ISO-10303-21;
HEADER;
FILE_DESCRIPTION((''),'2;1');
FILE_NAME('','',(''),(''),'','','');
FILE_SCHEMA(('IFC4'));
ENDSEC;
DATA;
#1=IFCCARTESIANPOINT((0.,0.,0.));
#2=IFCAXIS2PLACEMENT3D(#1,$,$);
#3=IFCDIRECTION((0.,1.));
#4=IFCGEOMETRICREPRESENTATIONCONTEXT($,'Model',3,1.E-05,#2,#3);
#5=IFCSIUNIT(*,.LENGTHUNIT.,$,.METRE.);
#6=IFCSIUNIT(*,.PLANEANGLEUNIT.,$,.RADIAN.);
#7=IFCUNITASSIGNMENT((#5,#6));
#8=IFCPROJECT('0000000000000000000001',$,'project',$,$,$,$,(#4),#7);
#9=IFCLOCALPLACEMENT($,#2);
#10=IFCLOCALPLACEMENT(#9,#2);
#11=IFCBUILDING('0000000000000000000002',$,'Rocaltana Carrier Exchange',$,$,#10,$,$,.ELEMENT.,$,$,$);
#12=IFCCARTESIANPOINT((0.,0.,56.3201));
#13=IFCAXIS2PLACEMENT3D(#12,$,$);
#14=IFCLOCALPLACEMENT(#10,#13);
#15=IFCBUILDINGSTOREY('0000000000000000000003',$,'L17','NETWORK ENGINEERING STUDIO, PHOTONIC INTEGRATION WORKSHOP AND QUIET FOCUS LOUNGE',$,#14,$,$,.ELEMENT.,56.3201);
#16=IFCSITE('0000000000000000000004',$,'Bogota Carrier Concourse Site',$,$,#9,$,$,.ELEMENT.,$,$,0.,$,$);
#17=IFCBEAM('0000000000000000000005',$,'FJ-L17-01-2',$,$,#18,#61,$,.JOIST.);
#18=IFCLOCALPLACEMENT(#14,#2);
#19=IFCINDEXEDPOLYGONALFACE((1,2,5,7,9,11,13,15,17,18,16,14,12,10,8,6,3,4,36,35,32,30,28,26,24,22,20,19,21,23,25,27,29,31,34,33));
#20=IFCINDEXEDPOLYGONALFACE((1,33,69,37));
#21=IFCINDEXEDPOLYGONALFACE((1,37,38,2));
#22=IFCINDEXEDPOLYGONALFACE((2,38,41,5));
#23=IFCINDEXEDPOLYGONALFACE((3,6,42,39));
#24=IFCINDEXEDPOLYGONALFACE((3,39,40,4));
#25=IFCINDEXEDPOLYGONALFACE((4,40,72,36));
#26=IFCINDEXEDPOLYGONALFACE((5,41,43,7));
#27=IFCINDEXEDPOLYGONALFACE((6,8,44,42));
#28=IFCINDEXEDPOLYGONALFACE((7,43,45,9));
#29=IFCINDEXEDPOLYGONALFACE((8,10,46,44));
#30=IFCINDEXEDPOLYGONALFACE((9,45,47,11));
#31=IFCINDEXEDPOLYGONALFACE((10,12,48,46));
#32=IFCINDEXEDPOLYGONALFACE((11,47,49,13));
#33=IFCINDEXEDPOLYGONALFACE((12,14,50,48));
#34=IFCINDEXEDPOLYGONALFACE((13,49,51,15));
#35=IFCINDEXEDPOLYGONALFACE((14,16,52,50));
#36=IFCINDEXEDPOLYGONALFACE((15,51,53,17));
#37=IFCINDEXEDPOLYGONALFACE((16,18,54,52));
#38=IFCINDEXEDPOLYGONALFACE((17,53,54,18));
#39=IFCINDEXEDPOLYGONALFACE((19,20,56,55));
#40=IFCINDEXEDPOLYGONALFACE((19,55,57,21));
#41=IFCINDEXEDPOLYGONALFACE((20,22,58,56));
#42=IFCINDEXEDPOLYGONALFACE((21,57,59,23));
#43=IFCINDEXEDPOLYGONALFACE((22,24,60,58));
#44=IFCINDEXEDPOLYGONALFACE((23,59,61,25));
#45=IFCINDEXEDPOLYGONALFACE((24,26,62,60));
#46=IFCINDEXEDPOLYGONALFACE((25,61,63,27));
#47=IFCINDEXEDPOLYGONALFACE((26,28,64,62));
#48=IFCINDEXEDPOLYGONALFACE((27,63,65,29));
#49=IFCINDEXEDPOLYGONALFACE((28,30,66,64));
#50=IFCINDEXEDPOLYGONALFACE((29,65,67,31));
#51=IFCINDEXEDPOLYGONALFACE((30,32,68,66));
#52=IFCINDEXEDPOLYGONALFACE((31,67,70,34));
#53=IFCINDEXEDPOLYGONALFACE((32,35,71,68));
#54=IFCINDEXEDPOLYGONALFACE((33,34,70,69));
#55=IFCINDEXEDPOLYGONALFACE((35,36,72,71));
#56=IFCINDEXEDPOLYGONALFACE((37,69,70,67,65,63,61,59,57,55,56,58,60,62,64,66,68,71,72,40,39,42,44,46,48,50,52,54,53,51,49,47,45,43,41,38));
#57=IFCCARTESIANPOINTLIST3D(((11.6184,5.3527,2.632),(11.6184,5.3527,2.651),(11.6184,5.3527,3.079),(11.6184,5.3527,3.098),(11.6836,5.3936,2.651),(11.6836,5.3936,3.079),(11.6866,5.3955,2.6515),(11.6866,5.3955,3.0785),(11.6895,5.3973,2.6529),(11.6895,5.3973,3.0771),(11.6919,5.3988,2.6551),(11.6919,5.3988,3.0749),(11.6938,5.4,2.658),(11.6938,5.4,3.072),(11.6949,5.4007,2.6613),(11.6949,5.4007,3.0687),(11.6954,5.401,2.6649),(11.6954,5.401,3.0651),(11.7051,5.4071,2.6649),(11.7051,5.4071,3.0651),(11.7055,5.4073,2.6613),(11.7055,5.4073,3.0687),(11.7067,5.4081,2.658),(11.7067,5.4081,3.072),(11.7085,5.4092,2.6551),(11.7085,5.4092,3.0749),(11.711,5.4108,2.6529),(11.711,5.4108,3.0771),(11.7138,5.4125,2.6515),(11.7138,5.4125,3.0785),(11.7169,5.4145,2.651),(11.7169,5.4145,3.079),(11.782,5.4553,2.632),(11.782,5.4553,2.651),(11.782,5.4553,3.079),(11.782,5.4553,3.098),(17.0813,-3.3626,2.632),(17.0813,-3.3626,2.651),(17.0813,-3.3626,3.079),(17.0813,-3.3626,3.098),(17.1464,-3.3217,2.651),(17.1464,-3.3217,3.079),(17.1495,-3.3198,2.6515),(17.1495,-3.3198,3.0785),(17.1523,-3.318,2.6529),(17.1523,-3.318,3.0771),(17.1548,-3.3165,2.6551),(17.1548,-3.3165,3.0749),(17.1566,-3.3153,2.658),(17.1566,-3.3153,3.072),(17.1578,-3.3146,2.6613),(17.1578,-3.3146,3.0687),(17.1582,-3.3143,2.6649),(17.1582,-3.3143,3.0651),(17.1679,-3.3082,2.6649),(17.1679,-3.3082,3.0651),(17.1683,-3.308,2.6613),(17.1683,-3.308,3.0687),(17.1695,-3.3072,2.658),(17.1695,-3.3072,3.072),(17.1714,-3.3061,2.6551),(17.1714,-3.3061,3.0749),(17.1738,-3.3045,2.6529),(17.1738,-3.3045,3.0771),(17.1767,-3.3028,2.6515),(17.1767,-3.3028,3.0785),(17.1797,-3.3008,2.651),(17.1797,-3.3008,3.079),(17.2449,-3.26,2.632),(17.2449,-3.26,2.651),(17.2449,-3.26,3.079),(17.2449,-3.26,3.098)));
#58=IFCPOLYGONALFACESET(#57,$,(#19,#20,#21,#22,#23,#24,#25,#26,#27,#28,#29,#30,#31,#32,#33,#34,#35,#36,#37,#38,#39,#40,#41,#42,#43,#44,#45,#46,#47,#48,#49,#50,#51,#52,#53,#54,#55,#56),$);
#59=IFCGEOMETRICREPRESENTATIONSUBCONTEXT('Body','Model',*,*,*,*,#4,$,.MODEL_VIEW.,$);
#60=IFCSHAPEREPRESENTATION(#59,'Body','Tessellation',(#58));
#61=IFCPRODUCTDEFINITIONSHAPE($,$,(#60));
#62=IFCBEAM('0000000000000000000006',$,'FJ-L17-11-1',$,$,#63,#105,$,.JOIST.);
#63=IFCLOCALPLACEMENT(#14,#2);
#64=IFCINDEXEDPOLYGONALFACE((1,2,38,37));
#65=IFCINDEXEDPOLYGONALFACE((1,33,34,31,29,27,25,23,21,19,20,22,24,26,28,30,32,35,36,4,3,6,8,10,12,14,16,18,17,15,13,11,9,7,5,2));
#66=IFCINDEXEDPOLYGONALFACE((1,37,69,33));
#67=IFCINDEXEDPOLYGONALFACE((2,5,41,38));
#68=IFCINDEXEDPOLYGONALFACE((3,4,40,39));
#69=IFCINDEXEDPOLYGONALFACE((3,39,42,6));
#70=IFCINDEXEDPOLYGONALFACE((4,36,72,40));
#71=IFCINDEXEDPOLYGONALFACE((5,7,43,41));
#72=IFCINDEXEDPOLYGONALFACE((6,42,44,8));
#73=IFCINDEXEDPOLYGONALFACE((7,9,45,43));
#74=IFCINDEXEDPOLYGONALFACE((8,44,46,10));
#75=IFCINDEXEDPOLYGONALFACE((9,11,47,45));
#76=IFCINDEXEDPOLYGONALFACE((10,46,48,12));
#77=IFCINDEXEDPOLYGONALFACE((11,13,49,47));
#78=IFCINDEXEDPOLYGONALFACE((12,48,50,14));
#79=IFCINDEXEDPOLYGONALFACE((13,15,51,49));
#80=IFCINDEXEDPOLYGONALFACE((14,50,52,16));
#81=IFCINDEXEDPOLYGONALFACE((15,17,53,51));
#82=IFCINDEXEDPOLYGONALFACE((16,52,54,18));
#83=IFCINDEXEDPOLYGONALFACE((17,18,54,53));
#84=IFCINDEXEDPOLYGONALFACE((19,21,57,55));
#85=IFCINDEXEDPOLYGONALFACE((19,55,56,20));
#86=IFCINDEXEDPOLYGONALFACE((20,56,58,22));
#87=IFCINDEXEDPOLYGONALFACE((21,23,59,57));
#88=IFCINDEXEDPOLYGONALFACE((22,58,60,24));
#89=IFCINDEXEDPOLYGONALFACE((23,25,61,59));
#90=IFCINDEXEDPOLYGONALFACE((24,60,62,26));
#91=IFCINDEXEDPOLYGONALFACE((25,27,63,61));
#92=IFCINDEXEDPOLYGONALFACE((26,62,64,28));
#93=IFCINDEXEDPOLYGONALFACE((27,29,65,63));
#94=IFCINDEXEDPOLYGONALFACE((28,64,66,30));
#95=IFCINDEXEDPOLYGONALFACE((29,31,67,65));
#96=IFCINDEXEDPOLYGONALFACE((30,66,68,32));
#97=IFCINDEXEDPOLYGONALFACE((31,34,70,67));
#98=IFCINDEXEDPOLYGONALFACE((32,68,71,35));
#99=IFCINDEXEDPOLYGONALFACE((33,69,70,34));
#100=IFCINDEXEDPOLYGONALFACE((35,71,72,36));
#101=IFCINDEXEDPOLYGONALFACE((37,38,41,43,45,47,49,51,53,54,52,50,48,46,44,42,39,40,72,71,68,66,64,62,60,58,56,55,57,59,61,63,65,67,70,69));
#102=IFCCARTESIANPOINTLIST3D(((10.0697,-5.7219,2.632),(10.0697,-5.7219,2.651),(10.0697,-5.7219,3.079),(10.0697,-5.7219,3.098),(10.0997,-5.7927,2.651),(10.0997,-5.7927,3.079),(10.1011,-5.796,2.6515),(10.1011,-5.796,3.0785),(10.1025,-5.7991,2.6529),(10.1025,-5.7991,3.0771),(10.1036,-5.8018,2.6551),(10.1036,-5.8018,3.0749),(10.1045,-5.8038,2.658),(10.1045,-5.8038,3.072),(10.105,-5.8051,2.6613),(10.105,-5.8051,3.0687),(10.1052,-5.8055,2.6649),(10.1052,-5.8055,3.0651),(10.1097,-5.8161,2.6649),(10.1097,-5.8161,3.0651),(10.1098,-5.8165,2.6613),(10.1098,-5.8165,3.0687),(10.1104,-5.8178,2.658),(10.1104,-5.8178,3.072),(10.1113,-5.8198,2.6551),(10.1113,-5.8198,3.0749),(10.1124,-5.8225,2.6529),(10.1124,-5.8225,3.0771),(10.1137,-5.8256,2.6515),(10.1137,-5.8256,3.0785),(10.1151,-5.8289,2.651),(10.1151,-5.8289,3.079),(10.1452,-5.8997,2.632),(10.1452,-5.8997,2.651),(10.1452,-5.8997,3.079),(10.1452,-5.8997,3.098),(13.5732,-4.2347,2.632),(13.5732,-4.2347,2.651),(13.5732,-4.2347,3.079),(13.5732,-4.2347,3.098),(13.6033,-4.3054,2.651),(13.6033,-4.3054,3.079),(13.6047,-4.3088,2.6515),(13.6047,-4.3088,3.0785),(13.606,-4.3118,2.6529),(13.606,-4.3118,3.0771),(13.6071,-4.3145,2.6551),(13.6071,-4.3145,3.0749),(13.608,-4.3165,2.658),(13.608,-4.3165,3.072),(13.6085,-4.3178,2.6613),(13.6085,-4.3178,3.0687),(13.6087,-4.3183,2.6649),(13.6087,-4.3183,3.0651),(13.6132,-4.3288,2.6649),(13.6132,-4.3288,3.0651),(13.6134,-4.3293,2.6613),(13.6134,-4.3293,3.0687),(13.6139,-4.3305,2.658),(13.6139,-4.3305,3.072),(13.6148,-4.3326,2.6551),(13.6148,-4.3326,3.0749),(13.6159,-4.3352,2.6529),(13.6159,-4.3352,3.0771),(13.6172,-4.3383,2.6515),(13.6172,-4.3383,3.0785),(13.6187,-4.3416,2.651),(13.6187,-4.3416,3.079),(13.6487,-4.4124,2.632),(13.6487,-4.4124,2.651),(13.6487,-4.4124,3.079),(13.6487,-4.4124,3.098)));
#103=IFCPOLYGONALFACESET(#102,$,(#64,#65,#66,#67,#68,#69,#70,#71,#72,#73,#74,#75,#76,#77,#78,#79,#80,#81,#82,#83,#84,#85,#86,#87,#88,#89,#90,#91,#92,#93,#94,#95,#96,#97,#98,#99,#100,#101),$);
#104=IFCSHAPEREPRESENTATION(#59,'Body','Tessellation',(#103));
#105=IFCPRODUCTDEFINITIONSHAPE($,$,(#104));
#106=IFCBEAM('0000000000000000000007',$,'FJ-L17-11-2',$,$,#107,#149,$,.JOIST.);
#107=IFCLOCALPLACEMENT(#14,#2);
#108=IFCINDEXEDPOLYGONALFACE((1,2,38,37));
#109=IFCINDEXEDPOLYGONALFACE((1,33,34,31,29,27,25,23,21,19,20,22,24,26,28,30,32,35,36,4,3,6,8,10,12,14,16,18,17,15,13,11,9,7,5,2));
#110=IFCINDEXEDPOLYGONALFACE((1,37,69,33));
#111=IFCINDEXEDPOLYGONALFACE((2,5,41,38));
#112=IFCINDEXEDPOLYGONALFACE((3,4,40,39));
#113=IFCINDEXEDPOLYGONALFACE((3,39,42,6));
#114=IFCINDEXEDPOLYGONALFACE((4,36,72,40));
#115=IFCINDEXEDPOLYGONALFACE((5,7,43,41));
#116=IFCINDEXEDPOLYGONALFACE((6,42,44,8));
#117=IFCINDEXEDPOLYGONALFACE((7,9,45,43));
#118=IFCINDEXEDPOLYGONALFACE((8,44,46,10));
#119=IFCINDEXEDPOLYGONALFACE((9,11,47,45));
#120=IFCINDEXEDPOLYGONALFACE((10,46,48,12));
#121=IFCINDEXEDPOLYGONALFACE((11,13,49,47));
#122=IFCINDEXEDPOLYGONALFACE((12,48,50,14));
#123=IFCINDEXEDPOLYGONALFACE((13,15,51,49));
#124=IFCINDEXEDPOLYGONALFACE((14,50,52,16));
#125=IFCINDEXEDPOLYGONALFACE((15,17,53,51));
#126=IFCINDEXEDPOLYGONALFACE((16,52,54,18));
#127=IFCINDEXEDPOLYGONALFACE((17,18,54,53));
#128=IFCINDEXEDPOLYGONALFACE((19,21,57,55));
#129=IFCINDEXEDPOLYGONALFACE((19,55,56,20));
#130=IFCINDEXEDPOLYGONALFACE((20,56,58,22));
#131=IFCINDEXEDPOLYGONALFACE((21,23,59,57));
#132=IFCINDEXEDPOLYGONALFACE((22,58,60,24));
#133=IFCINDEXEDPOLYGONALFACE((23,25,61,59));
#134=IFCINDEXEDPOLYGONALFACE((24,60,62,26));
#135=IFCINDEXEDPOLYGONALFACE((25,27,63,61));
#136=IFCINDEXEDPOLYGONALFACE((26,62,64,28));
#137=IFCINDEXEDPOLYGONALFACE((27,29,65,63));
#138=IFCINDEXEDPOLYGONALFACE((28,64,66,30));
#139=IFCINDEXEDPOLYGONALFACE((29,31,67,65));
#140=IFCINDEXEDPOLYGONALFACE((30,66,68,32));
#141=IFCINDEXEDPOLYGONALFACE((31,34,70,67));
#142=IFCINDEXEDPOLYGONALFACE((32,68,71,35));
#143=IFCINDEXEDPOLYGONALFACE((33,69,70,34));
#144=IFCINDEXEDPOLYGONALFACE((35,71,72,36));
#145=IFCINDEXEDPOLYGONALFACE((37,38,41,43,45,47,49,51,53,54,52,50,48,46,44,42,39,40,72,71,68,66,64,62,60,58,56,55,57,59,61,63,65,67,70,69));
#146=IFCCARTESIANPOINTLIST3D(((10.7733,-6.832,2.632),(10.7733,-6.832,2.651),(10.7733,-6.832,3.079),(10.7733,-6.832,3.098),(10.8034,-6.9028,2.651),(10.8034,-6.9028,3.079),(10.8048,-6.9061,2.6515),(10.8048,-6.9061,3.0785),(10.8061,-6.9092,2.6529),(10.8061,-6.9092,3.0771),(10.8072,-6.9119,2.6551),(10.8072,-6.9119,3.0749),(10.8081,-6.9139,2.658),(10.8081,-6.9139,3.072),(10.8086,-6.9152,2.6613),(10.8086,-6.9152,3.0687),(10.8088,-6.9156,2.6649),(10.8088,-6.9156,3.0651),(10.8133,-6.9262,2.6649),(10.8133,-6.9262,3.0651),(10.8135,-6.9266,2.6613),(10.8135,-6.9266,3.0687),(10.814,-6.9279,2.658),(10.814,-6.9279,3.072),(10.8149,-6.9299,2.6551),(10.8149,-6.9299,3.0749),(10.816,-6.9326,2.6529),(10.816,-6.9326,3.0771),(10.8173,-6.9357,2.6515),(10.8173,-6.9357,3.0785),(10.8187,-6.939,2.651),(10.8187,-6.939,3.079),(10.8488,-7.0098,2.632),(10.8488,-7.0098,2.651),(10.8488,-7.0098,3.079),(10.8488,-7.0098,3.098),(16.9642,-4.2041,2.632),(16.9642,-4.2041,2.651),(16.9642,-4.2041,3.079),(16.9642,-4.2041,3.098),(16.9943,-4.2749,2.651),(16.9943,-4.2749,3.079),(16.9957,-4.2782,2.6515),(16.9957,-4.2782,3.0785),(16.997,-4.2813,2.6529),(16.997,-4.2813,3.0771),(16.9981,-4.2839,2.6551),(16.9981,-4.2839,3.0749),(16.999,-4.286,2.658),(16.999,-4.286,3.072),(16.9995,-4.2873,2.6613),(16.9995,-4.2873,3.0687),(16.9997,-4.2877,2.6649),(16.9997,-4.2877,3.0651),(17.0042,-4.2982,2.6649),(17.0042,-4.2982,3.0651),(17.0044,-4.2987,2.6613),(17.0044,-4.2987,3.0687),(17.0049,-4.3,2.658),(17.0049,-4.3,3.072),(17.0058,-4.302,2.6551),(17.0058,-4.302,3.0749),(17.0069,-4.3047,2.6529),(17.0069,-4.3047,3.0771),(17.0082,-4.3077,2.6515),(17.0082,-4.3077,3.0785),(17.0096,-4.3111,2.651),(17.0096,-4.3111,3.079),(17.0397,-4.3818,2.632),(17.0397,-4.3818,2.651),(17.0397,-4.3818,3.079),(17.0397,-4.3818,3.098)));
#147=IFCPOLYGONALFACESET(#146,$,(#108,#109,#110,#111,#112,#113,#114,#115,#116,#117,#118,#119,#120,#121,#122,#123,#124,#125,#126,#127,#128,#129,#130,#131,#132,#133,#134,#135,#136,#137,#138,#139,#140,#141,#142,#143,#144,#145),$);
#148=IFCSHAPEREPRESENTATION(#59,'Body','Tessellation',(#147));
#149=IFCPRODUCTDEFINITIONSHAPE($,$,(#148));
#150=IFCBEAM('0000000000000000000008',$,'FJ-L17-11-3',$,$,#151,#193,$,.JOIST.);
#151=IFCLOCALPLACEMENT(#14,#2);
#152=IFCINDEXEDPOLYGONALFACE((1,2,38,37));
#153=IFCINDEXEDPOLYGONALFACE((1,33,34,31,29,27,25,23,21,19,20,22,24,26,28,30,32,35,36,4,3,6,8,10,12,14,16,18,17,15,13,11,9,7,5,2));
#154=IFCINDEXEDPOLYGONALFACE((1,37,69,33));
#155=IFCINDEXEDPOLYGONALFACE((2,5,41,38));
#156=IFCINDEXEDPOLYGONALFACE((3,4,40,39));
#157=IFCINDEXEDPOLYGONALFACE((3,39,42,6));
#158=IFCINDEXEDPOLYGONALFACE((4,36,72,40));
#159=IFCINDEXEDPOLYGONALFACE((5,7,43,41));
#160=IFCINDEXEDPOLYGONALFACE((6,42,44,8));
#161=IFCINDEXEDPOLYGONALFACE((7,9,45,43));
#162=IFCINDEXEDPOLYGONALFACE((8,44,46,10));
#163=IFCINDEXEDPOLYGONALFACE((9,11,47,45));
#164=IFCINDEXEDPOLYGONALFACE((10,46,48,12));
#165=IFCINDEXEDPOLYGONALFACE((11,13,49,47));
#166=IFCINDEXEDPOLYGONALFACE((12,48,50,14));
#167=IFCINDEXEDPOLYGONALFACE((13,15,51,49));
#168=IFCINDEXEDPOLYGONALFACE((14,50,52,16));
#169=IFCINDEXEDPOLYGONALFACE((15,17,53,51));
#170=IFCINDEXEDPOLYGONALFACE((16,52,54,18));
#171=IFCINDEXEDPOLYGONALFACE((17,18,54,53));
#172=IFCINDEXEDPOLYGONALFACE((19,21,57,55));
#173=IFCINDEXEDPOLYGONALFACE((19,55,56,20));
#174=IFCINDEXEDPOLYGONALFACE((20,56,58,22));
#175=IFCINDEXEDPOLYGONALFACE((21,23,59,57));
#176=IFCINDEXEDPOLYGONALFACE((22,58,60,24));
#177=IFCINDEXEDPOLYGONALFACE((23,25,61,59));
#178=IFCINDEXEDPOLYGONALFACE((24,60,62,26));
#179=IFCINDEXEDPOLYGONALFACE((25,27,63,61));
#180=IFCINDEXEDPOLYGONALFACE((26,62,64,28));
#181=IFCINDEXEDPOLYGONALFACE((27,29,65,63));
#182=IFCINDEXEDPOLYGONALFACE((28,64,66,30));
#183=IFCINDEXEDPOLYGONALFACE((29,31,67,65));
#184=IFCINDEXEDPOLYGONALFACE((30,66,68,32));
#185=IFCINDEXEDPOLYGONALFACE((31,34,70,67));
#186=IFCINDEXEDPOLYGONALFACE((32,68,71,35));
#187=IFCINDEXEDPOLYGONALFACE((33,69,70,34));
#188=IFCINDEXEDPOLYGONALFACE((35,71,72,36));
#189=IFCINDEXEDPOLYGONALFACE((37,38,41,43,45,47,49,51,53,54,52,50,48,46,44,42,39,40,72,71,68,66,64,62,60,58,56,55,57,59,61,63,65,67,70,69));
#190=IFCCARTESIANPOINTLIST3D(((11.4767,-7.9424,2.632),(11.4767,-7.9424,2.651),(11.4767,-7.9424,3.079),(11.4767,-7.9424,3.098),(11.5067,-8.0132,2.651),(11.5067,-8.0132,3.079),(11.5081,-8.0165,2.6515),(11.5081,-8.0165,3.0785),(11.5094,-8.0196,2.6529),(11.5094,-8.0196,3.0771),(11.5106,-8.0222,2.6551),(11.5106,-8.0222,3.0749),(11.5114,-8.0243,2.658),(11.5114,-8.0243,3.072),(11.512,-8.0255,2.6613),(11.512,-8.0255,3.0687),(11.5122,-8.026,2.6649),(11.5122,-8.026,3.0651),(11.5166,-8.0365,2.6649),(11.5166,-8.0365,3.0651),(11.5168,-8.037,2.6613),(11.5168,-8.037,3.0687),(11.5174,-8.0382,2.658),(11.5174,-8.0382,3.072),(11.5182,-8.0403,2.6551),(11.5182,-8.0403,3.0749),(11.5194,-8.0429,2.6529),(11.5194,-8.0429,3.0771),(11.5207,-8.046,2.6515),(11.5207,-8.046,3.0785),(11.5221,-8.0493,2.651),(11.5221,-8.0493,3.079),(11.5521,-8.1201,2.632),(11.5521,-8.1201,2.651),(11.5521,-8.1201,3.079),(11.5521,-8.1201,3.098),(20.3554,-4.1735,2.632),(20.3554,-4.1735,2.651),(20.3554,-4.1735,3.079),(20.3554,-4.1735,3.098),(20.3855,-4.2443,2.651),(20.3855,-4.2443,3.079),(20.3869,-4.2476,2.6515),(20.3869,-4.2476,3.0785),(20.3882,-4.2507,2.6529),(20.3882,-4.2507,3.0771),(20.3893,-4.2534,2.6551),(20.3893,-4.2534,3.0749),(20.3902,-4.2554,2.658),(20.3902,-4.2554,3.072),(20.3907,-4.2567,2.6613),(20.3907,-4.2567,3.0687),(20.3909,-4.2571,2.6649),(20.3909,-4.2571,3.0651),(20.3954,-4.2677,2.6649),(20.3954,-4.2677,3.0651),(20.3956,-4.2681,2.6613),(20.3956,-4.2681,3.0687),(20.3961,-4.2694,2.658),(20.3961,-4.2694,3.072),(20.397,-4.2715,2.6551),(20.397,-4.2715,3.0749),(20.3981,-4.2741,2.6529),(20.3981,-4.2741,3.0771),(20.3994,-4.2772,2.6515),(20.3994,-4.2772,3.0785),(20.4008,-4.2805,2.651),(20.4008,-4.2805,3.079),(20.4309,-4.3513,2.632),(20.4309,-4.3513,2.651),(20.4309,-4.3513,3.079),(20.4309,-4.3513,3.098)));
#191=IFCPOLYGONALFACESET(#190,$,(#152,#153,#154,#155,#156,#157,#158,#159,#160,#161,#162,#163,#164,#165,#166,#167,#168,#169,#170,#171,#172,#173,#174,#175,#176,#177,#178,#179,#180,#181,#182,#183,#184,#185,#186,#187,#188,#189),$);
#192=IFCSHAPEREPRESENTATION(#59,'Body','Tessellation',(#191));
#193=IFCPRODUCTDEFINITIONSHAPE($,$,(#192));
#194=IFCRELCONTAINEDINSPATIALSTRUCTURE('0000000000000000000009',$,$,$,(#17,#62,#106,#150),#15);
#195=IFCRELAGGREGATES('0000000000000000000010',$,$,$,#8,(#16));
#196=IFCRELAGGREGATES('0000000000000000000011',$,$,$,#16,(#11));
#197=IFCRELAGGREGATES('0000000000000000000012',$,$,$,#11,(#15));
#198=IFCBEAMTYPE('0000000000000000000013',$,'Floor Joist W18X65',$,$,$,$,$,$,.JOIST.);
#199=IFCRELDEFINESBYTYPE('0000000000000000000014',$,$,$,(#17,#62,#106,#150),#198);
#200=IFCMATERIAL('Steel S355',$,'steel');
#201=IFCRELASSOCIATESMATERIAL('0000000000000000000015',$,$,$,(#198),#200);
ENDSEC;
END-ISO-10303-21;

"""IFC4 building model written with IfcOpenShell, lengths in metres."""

from ifc_helpers import new_model, si_unit, direction, frame, origin, origin_2d, place, context, subcontext, project, spatial, i_section, extrude, material, material_profile, profile_set, type_object, element, save


model = new_model("IFC4")

# Units and contexts
model_context = context("Model", 3, precision=1e-05, world=origin(), true_north=direction((0.0, 1.0)))
body_context = subcontext(model_context, "Body", "Model", "MODEL_VIEW")
ifc_project = project(units=[si_unit("LENGTHUNIT", "METRE"), si_unit("PLANEANGLEUNIT", "RADIAN")], contexts=[model_context])

# Site, building, storey
site_placement = place(None, origin())
site = spatial("IfcSite", under=ifc_project, at=site_placement, Name="Bogota Carrier Concourse Site", CompositionType="ELEMENT", RefElevation=0.0)
building_placement = place(site_placement, origin())
building = spatial("IfcBuilding", under=site, at=building_placement, Name="Rocaltana Carrier Exchange", CompositionType="ELEMENT")
storey_placement = place(building_placement, frame((0.0, 0.0, 56.3201)))
storey = spatial("IfcBuildingStorey", under=building, at=storey_placement, Name="L17", Description="NETWORK ENGINEERING STUDIO, PHOTONIC INTEGRATION WORKSHOP AND QUIET FOCUS LOUNGE", CompositionType="ELEMENT", Elevation=56.3201)

# Beams
ifc_material_1 = material(Name="Steel S355", Category="steel")
ifc_material_profile_1 = material_profile(ifc_material_1, i_section(OverallWidth=0.1931, OverallDepth=0.4661, WebThickness=0.0115, FlangeThickness=0.019, FilletRadius=0.0139, at=origin_2d()), Name="W18X65")
ifc_profile_set_1 = profile_set([ifc_material_profile_1], Name="Steel S355")
beam_type_1 = type_object("IfcBeamType", Name="Floor Joist W18X65", PredefinedType="JOIST", material=ifc_profile_set_1)
beam_1_placement = place(storey_placement, frame((17.1631, -3.3113, 2.865), z_axis=(-0.531104, 0.847307, 0.0), x_axis=(-0.847307, -0.531104, 0.0)))
element("IfcBeam", 1, at=beam_1_placement, inside=storey, type_object=beam_type_1, Name="FJ-L17-01-2", PredefinedType="JOIST", context=body_context, shape_type="SweptSolid", body=[
    extrude(i_section(OverallWidth=0.1931, OverallDepth=0.4661, WebThickness=0.0115, FlangeThickness=0.019, FilletRadius=0.0139, at=origin_2d()), origin(), (0.0, 0.0, 1.0), 10.2859),
])
beam_2_placement = place(storey_placement, frame((10.1074, -5.8108, 2.865), z_axis=(0.920497, 0.390751, 0.0), x_axis=(-0.390751, 0.920497, 0.0)))
element("IfcBeam", 2, at=beam_2_placement, inside=storey, type_object=beam_type_1, Name="FJ-L17-11-1", PredefinedType="JOIST", context=body_context, shape_type="SweptSolid", body=[
    extrude(i_section(OverallWidth=0.1931, OverallDepth=0.4661, WebThickness=0.0115, FlangeThickness=0.019, FilletRadius=0.0139, at=origin_2d()), origin(), (0.0, 0.0, 1.0), 3.8062),
])
beam_3_placement = place(storey_placement, frame((10.811, -6.9209, 2.865), z_axis=(0.920503, 0.390736, 0.0), x_axis=(-0.390736, 0.920503, 0.0)))
element("IfcBeam", 3, at=beam_3_placement, inside=storey, type_object=beam_type_1, Name="FJ-L17-11-2", PredefinedType="JOIST", context=body_context, shape_type="SweptSolid", body=[
    extrude(i_section(OverallWidth=0.1931, OverallDepth=0.4661, WebThickness=0.0115, FlangeThickness=0.019, FilletRadius=0.0139, at=origin_2d()), origin(), (0.0, 0.0, 1.0), 6.7256),
])
beam_4_placement = place(storey_placement, frame((11.5144, -8.0312, 2.865), z_axis=(0.920504, 0.390734, 0.0), x_axis=(-0.390734, 0.920504, 0.0)))
element("IfcBeam", 4, at=beam_4_placement, inside=storey, type_object=beam_type_1, Name="FJ-L17-11-3", PredefinedType="JOIST", context=body_context, shape_type="SweptSolid", body=[
    extrude(i_section(OverallWidth=0.1931, OverallDepth=0.4661, WebThickness=0.0115, FlangeThickness=0.019, FilletRadius=0.0139, at=origin_2d()), origin(), (0.0, 0.0, 1.0), 9.6455),
])

save(model, "model.ifc")
